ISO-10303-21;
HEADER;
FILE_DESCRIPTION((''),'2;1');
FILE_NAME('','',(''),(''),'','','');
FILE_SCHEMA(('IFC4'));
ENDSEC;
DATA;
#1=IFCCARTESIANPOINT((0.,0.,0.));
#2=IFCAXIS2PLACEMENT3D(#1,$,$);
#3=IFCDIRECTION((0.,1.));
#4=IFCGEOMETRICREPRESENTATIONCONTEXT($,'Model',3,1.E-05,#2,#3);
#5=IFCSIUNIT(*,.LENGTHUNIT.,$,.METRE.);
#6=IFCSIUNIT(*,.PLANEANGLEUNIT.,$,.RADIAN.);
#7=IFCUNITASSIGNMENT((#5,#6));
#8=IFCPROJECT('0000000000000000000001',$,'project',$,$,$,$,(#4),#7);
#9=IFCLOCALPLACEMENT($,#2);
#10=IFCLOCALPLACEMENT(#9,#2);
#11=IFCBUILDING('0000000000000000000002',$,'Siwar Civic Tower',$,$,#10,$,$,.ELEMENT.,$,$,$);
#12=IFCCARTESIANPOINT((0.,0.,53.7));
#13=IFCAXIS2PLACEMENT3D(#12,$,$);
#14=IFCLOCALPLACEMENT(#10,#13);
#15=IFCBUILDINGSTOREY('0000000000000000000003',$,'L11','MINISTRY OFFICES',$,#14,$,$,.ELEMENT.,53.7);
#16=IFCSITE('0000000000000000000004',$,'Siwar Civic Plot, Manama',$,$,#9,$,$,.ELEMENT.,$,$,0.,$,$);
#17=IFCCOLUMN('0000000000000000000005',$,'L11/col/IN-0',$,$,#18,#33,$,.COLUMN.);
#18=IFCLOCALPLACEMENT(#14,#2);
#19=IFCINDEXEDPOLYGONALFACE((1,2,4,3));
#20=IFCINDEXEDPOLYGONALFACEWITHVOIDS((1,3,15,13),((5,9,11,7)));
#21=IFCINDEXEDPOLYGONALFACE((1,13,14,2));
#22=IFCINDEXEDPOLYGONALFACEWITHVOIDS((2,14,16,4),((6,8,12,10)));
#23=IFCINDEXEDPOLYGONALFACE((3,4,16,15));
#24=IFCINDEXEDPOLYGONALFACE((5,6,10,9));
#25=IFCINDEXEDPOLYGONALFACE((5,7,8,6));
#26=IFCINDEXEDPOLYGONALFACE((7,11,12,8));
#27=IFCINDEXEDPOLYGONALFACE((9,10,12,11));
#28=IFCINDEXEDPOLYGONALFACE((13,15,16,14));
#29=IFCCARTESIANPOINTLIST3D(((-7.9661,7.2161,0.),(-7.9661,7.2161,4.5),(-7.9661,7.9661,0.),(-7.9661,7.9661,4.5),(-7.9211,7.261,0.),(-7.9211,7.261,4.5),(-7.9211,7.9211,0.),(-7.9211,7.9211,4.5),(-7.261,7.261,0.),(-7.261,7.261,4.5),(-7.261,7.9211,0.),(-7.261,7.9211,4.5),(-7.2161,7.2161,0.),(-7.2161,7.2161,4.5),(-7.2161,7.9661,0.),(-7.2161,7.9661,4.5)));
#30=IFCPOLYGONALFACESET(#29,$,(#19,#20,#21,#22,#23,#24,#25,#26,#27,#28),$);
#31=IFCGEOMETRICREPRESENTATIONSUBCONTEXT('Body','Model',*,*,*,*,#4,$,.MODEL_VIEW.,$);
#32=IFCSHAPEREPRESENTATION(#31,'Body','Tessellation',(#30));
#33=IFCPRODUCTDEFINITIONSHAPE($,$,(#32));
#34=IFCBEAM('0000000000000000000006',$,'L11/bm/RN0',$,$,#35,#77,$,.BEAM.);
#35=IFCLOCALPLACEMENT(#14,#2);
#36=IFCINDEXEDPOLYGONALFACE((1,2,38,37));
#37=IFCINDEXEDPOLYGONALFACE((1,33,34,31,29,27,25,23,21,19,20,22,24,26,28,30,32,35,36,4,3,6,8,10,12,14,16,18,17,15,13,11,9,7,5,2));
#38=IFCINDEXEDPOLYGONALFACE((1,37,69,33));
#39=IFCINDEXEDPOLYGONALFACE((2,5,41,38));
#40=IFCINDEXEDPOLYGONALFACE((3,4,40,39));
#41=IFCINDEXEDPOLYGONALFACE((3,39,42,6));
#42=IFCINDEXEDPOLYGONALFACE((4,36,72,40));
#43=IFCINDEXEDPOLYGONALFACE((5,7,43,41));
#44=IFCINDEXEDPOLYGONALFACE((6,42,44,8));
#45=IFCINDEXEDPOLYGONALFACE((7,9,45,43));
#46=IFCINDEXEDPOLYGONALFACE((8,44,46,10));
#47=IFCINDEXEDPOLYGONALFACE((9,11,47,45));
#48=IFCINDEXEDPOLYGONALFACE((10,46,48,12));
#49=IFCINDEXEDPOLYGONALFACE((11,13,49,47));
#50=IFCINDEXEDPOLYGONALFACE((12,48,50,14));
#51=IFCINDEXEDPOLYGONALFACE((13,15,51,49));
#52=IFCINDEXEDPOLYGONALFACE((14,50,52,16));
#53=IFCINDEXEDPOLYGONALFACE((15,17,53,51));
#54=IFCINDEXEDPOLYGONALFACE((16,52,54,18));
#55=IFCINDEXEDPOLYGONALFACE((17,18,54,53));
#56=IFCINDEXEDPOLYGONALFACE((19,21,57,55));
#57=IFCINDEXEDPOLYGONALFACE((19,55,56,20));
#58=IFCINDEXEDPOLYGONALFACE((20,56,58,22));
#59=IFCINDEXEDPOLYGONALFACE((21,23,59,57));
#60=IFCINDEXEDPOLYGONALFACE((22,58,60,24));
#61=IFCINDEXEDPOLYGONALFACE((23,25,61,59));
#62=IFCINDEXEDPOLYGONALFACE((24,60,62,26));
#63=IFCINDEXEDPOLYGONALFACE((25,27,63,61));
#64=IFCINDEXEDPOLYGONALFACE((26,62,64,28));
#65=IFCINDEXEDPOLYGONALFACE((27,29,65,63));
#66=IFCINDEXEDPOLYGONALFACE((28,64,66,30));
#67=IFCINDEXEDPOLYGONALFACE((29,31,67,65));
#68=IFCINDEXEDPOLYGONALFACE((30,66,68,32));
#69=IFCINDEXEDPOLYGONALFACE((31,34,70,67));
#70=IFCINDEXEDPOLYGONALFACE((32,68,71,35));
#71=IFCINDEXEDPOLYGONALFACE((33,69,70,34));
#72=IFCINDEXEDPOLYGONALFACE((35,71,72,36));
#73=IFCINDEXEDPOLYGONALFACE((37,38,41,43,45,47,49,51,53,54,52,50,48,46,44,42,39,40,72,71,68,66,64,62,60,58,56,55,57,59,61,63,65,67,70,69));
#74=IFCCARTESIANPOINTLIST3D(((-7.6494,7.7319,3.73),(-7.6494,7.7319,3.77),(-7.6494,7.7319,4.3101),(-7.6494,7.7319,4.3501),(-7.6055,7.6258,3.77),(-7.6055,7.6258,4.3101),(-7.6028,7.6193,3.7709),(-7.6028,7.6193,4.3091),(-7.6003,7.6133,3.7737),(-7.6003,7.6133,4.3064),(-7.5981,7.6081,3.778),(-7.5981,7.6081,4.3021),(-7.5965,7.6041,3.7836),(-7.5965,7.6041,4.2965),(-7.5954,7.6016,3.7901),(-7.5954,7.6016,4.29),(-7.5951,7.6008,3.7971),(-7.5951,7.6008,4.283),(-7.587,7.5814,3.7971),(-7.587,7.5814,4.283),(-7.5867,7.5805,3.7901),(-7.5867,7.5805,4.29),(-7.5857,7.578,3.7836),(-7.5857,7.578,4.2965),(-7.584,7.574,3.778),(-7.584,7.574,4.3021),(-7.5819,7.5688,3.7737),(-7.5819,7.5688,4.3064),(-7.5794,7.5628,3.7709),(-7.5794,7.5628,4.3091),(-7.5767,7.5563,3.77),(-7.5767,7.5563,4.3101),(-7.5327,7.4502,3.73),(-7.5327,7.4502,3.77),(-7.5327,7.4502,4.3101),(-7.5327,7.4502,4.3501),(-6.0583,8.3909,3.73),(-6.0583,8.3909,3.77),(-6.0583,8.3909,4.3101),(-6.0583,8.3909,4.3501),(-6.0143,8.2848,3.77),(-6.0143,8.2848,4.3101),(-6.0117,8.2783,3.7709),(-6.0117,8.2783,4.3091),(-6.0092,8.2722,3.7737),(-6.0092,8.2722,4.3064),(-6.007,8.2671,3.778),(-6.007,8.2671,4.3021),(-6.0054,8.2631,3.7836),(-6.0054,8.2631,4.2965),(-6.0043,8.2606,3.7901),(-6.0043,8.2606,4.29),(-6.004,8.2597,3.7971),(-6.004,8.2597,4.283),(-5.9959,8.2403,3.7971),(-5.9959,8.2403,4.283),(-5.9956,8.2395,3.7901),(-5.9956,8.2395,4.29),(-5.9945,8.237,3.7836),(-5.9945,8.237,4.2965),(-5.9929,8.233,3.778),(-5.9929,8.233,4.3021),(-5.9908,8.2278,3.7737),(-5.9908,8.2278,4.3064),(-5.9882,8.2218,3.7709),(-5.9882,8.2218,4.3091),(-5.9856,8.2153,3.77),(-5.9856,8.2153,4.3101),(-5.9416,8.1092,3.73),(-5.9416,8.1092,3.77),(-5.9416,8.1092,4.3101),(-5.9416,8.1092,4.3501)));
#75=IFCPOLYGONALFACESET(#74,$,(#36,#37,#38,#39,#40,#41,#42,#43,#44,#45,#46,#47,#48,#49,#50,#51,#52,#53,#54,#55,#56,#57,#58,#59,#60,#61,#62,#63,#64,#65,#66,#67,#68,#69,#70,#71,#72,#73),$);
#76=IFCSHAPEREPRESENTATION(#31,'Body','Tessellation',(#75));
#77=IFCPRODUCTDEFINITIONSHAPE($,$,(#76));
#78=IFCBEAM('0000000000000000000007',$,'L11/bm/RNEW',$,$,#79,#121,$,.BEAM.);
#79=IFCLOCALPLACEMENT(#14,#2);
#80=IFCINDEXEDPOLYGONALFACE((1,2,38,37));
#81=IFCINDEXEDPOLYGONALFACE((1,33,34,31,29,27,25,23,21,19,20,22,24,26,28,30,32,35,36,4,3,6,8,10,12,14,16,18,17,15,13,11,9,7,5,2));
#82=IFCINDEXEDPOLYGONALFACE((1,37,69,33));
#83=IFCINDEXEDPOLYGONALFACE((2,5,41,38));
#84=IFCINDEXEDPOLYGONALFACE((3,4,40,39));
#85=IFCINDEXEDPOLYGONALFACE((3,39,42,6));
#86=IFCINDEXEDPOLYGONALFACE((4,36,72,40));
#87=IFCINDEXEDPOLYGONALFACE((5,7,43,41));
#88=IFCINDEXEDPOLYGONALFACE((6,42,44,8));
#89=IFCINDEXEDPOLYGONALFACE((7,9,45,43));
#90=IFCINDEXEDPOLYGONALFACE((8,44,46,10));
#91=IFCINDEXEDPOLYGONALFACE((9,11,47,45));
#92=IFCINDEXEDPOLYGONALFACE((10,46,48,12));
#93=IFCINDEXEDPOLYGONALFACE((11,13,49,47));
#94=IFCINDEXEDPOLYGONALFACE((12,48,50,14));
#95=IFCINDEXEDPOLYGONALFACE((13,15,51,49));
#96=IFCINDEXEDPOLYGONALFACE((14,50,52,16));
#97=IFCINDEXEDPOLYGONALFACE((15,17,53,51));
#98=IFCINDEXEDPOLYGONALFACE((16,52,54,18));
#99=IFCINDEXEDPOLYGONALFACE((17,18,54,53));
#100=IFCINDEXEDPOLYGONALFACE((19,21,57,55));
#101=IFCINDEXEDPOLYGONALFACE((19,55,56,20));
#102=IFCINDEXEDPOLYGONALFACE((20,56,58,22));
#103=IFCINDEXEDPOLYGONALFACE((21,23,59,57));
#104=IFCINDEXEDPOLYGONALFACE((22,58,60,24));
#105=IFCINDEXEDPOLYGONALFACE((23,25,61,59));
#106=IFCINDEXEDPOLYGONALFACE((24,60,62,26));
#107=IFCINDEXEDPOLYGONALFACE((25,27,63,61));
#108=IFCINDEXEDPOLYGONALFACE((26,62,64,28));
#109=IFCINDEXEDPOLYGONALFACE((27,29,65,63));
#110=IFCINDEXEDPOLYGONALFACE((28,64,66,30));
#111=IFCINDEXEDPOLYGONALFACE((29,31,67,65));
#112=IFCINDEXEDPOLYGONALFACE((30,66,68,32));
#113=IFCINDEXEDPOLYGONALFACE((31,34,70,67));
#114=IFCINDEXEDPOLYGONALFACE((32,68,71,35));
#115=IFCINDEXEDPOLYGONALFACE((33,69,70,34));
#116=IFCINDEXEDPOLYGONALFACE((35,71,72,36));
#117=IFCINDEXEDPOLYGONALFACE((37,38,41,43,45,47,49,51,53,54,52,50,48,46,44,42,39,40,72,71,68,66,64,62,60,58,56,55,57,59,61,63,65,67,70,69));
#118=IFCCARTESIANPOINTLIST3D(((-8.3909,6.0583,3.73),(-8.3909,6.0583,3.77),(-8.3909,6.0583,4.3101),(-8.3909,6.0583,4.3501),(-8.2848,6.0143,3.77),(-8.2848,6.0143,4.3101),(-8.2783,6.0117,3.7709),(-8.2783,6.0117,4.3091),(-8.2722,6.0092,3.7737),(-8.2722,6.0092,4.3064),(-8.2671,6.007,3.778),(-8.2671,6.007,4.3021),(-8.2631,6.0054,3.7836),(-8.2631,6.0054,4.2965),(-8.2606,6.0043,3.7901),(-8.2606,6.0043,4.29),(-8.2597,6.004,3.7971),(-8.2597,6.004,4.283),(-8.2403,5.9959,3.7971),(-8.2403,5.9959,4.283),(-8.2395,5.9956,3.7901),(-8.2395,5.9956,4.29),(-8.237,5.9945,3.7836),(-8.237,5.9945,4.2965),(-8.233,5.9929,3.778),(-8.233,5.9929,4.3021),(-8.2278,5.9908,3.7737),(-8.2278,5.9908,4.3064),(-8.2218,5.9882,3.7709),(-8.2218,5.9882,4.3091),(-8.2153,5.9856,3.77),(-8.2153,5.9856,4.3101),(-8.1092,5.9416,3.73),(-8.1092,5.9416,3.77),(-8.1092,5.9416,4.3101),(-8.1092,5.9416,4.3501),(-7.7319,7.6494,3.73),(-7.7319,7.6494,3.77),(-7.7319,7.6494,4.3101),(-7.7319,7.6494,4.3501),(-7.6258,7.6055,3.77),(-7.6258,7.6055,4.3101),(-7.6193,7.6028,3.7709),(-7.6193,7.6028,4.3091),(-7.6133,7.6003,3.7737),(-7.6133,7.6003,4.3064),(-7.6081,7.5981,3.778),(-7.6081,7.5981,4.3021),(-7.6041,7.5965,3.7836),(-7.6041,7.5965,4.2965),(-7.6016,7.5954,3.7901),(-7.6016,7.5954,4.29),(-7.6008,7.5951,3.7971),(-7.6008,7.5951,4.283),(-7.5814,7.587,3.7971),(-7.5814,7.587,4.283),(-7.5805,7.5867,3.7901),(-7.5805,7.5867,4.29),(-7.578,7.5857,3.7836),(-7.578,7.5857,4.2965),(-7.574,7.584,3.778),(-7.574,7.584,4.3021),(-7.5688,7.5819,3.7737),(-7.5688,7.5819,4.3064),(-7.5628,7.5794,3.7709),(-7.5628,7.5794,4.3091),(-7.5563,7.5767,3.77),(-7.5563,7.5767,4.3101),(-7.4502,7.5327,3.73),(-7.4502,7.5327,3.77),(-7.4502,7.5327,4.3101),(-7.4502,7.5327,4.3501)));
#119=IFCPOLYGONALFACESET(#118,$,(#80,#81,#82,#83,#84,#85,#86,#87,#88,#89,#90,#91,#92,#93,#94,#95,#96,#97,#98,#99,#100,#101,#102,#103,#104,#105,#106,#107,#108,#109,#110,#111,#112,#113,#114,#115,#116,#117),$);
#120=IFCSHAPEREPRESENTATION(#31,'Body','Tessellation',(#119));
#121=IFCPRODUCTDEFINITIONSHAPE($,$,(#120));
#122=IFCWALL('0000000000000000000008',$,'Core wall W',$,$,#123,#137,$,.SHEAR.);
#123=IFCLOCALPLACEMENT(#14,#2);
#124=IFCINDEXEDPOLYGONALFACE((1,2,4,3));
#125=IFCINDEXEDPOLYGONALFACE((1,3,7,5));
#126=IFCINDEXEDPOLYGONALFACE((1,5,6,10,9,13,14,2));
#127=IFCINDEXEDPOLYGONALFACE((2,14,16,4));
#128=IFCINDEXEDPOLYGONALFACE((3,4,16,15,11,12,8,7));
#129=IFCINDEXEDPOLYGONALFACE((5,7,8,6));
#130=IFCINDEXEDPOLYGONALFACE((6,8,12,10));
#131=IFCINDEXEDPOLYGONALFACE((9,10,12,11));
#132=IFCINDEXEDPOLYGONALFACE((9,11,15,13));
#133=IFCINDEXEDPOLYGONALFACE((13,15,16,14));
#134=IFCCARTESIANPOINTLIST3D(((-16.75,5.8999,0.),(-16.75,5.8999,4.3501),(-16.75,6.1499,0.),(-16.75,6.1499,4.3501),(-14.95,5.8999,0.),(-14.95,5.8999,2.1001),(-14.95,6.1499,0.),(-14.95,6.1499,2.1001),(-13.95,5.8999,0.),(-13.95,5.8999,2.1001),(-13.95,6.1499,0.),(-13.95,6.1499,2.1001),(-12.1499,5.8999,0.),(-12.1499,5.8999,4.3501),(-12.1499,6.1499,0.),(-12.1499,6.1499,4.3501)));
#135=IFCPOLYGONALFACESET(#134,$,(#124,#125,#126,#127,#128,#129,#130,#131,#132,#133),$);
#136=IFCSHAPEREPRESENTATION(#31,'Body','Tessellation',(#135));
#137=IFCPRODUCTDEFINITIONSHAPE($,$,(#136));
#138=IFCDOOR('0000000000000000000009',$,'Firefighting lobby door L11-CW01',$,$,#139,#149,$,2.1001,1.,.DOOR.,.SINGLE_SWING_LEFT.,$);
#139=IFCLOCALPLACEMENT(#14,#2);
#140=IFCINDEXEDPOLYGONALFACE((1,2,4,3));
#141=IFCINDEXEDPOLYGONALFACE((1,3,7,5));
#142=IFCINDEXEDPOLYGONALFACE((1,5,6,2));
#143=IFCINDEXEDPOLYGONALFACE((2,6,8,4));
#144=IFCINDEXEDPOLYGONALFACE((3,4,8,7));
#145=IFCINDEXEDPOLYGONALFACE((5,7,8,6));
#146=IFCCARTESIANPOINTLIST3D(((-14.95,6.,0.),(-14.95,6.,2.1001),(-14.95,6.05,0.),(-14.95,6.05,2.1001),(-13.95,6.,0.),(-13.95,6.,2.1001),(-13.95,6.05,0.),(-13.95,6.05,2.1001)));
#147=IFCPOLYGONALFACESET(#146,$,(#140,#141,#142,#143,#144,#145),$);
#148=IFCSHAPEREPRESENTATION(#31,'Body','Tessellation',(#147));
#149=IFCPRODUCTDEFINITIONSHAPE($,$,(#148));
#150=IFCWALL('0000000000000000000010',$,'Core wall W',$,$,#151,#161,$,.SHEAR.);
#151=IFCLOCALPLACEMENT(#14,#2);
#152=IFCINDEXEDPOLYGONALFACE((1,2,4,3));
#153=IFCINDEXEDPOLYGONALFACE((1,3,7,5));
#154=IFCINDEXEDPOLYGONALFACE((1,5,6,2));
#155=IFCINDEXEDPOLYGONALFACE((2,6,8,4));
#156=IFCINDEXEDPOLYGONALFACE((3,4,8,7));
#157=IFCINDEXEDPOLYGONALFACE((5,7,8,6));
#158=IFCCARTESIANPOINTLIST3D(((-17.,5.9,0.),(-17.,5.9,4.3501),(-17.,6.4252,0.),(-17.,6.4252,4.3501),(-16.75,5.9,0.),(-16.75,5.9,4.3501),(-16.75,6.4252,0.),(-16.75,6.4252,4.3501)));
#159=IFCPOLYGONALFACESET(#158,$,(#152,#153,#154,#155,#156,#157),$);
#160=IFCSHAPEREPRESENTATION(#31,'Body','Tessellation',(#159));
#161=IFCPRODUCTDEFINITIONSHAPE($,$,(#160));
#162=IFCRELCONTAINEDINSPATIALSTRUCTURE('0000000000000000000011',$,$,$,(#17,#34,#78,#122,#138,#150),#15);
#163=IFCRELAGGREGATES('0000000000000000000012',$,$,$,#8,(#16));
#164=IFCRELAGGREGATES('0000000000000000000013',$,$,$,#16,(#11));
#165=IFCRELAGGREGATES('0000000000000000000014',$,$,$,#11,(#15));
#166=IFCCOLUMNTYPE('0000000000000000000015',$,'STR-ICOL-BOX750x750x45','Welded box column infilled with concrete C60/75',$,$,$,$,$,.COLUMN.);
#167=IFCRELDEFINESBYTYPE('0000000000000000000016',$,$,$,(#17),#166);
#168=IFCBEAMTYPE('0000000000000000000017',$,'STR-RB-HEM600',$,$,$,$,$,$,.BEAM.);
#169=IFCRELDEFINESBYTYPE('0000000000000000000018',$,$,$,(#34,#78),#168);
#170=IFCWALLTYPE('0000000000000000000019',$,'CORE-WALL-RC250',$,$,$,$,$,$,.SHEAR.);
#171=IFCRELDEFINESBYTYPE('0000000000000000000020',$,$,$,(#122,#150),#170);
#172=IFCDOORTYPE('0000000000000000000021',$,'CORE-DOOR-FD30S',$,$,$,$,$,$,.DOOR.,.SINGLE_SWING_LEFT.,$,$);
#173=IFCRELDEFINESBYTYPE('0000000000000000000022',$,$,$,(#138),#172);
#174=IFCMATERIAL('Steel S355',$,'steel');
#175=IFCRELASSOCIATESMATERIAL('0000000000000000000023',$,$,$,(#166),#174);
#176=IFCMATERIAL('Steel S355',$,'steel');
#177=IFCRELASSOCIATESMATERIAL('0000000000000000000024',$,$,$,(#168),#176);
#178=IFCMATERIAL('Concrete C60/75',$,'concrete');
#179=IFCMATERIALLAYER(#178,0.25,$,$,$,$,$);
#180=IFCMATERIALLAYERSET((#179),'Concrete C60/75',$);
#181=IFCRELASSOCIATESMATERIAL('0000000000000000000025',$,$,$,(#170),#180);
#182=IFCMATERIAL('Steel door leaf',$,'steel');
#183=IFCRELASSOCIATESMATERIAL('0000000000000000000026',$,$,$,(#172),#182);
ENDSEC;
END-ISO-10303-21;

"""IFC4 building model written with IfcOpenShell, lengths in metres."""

from ifc_helpers import new_model, si_unit, direction, frame, frame_2d, origin, origin_2d, place, context, subcontext, project, spatial, rectangle, hollow_rectangle, i_section, extrude, material, layer, layer_set, material_profile, profile_set, type_object, element, fill, save


model = new_model("IFC4")

# Units and contexts
model_context = context("Model", 3, precision=1e-05, world=origin(), true_north=direction((0.0, 1.0)))
body_context = subcontext(model_context, "Body", "Model", "MODEL_VIEW")
ifc_project = project(units=[si_unit("LENGTHUNIT", "METRE"), si_unit("PLANEANGLEUNIT", "RADIAN")], contexts=[model_context])

# Site, building, storey
site_placement = place(None, origin())
site = spatial("IfcSite", under=ifc_project, at=site_placement, Name="Siwar Civic Plot, Manama", CompositionType="ELEMENT", RefElevation=0.0)
building_placement = place(site_placement, origin())
building = spatial("IfcBuilding", under=site, at=building_placement, Name="Siwar Civic Tower", CompositionType="ELEMENT")
storey_placement = place(building_placement, frame((0.0, 0.0, 53.7)))
storey = spatial("IfcBuildingStorey", under=building, at=storey_placement, Name="L11", Description="MINISTRY OFFICES", CompositionType="ELEMENT", Elevation=53.7)

# Column
ifc_material_1 = material(Name="Steel S355", Category="steel")
ifc_material_profile_1 = material_profile(ifc_material_1, hollow_rectangle(XDim=0.75, YDim=0.75, WallThickness=0.0449, at=origin_2d()), Name="BOX750x750x45")
ifc_profile_set_1 = profile_set([ifc_material_profile_1], Name="Steel S355")
column_type = type_object("IfcColumnType", Name="STR-ICOL-BOX750x750x45", Description="Welded box column infilled with concrete C60/75", PredefinedType="COLUMN", material=ifc_profile_set_1)
column_placement = place(storey_placement, frame((-7.5911, 7.5911, 0.0), z_axis=(0.0, 0.0, 1.0), x_axis=(1.0, 0.0, 0.0)))
element("IfcColumn", 1, at=column_placement, inside=storey, type_object=column_type, Name="L11/col/IN-0", PredefinedType="COLUMN", context=body_context, shape_type="SweptSolid", body=[
    extrude(hollow_rectangle(XDim=0.75, YDim=0.75, WallThickness=0.0449, at=origin_2d()), origin(), (0.0, 0.0, 1.0), 4.5),
])

# Beams
ifc_material_2 = material(Name="Steel S355", Category="steel")
ifc_material_profile_2 = material_profile(ifc_material_2, i_section(OverallWidth=0.3049, OverallDepth=0.6201, WebThickness=0.021, FlangeThickness=0.04, FilletRadius=0.0271, at=origin_2d()), Name="HEM600")
ifc_profile_set_2 = profile_set([ifc_material_profile_2], Name="Steel S355")
beam_type = type_object("IfcBeamType", Name="STR-RB-HEM600", PredefinedType="BEAM", material=ifc_profile_set_2)
for number, where, z_axis, x_axis, name in (
    (2, (-7.5911, 7.5911, 4.04), (0.923901, 0.382631, 0.0), (-0.382631, 0.923901, 0.0), "L11/bm/RN0"),
    (3, (-7.5911, 7.5911, 4.04), (-0.382631, -0.923901, 0.0), (0.923901, -0.382631, 0.0), "L11/bm/RNEW"),
):
    element("IfcBeam", number, at=place(storey_placement, frame(where, z_axis=z_axis, x_axis=x_axis)), inside=storey, type_object=beam_type, Name=name, PredefinedType="BEAM", context=body_context, shape_type="SweptSolid", body=[
        extrude(i_section(OverallWidth=0.3049, OverallDepth=0.6201, WebThickness=0.021, FlangeThickness=0.04, FilletRadius=0.0271, at=origin_2d()), origin(), (0.0, 0.0, 1.0), 1.7222),
    ])

# Wall, opening, door
ifc_material_3 = material(Name="Concrete C60/75", Category="concrete")
ifc_layer_1 = layer(ifc_material_3, 0.25)
ifc_layer_set_1 = layer_set([ifc_layer_1], Name="Concrete C60/75")
wall_type_1 = type_object("IfcWallType", Name="CORE-WALL-RC250", PredefinedType="SHEAR", material=ifc_layer_set_1)
wall_1_placement = place(storey_placement, frame((-12.1499, 6.0249, 0.0), z_axis=(0.0, 0.0, 1.0), x_axis=(-1.0, 0.0, 0.0)))
wall_1 = element("IfcWall", 4, at=wall_1_placement, inside=storey, type_object=wall_type_1, Name="Core wall W", PredefinedType="SHEAR", context=body_context, shape_type="SweptSolid", body=[
    extrude(rectangle(XDim=4.6001, YDim=0.25, at=frame_2d((2.3, 0.0))), origin(), (0.0, 0.0, 1.0), 4.3501),
])
opening_1_placement = place(wall_1_placement, frame((1.8, 0.0, 0.0)))
opening_1 = element("IfcOpeningElement", 5, at=opening_1_placement, cuts=wall_1, PredefinedType="OPENING", context=body_context, shape_type="SweptSolid", body=[
    extrude(rectangle(XDim=1.0, YDim=2.1001, at=frame_2d((0.5, 1.05))), frame((0.0, 0.135, 0.0), z_axis=(0.0, -1.0, 0.0), x_axis=(1.0, 0.0, 0.0)), (0.0, 0.0, 1.0), 0.27),
])
ifc_material_4 = material(Name="Steel door leaf", Category="steel")
door_type_1 = type_object("IfcDoorType", Name="CORE-DOOR-FD30S", OperationType="SINGLE_SWING_LEFT", PredefinedType="DOOR", material=ifc_material_4)
door_1_placement = place(opening_1_placement, origin())
door_1 = element("IfcDoor", 6, at=door_1_placement, inside=storey, type_object=door_type_1, Name="Firefighting lobby door L11-CW01", OperationType="SINGLE_SWING_LEFT", OverallHeight=2.1001, OverallWidth=1.0, PredefinedType="DOOR", context=body_context, shape_type="SweptSolid", body=[
    extrude(rectangle(XDim=1.0, YDim=2.1001, at=frame_2d((0.5, 1.05))), frame((0.0, 0.0249, 0.0), z_axis=(0.0, -1.0, 0.0), x_axis=(1.0, 0.0, 0.0)), (0.0, 0.0, 1.0), 0.05),
])
fill(opening_1, door_1)

# Wall
wall_2_placement = place(storey_placement, frame((-16.875, 5.8999, 0.0), z_axis=(0.0, 0.0, 1.0), x_axis=(0.0, 1.0, 0.0)))
element("IfcWall", 7, at=wall_2_placement, inside=storey, type_object=wall_type_1, Name="Core wall W", PredefinedType="SHEAR", context=body_context, shape_type="SweptSolid", body=[
    extrude(rectangle(XDim=0.5251, YDim=0.25, at=frame_2d((0.2627, 0.0))), origin(), (0.0, 0.0, 1.0), 4.3501),
])

save(model, "model.ifc")
